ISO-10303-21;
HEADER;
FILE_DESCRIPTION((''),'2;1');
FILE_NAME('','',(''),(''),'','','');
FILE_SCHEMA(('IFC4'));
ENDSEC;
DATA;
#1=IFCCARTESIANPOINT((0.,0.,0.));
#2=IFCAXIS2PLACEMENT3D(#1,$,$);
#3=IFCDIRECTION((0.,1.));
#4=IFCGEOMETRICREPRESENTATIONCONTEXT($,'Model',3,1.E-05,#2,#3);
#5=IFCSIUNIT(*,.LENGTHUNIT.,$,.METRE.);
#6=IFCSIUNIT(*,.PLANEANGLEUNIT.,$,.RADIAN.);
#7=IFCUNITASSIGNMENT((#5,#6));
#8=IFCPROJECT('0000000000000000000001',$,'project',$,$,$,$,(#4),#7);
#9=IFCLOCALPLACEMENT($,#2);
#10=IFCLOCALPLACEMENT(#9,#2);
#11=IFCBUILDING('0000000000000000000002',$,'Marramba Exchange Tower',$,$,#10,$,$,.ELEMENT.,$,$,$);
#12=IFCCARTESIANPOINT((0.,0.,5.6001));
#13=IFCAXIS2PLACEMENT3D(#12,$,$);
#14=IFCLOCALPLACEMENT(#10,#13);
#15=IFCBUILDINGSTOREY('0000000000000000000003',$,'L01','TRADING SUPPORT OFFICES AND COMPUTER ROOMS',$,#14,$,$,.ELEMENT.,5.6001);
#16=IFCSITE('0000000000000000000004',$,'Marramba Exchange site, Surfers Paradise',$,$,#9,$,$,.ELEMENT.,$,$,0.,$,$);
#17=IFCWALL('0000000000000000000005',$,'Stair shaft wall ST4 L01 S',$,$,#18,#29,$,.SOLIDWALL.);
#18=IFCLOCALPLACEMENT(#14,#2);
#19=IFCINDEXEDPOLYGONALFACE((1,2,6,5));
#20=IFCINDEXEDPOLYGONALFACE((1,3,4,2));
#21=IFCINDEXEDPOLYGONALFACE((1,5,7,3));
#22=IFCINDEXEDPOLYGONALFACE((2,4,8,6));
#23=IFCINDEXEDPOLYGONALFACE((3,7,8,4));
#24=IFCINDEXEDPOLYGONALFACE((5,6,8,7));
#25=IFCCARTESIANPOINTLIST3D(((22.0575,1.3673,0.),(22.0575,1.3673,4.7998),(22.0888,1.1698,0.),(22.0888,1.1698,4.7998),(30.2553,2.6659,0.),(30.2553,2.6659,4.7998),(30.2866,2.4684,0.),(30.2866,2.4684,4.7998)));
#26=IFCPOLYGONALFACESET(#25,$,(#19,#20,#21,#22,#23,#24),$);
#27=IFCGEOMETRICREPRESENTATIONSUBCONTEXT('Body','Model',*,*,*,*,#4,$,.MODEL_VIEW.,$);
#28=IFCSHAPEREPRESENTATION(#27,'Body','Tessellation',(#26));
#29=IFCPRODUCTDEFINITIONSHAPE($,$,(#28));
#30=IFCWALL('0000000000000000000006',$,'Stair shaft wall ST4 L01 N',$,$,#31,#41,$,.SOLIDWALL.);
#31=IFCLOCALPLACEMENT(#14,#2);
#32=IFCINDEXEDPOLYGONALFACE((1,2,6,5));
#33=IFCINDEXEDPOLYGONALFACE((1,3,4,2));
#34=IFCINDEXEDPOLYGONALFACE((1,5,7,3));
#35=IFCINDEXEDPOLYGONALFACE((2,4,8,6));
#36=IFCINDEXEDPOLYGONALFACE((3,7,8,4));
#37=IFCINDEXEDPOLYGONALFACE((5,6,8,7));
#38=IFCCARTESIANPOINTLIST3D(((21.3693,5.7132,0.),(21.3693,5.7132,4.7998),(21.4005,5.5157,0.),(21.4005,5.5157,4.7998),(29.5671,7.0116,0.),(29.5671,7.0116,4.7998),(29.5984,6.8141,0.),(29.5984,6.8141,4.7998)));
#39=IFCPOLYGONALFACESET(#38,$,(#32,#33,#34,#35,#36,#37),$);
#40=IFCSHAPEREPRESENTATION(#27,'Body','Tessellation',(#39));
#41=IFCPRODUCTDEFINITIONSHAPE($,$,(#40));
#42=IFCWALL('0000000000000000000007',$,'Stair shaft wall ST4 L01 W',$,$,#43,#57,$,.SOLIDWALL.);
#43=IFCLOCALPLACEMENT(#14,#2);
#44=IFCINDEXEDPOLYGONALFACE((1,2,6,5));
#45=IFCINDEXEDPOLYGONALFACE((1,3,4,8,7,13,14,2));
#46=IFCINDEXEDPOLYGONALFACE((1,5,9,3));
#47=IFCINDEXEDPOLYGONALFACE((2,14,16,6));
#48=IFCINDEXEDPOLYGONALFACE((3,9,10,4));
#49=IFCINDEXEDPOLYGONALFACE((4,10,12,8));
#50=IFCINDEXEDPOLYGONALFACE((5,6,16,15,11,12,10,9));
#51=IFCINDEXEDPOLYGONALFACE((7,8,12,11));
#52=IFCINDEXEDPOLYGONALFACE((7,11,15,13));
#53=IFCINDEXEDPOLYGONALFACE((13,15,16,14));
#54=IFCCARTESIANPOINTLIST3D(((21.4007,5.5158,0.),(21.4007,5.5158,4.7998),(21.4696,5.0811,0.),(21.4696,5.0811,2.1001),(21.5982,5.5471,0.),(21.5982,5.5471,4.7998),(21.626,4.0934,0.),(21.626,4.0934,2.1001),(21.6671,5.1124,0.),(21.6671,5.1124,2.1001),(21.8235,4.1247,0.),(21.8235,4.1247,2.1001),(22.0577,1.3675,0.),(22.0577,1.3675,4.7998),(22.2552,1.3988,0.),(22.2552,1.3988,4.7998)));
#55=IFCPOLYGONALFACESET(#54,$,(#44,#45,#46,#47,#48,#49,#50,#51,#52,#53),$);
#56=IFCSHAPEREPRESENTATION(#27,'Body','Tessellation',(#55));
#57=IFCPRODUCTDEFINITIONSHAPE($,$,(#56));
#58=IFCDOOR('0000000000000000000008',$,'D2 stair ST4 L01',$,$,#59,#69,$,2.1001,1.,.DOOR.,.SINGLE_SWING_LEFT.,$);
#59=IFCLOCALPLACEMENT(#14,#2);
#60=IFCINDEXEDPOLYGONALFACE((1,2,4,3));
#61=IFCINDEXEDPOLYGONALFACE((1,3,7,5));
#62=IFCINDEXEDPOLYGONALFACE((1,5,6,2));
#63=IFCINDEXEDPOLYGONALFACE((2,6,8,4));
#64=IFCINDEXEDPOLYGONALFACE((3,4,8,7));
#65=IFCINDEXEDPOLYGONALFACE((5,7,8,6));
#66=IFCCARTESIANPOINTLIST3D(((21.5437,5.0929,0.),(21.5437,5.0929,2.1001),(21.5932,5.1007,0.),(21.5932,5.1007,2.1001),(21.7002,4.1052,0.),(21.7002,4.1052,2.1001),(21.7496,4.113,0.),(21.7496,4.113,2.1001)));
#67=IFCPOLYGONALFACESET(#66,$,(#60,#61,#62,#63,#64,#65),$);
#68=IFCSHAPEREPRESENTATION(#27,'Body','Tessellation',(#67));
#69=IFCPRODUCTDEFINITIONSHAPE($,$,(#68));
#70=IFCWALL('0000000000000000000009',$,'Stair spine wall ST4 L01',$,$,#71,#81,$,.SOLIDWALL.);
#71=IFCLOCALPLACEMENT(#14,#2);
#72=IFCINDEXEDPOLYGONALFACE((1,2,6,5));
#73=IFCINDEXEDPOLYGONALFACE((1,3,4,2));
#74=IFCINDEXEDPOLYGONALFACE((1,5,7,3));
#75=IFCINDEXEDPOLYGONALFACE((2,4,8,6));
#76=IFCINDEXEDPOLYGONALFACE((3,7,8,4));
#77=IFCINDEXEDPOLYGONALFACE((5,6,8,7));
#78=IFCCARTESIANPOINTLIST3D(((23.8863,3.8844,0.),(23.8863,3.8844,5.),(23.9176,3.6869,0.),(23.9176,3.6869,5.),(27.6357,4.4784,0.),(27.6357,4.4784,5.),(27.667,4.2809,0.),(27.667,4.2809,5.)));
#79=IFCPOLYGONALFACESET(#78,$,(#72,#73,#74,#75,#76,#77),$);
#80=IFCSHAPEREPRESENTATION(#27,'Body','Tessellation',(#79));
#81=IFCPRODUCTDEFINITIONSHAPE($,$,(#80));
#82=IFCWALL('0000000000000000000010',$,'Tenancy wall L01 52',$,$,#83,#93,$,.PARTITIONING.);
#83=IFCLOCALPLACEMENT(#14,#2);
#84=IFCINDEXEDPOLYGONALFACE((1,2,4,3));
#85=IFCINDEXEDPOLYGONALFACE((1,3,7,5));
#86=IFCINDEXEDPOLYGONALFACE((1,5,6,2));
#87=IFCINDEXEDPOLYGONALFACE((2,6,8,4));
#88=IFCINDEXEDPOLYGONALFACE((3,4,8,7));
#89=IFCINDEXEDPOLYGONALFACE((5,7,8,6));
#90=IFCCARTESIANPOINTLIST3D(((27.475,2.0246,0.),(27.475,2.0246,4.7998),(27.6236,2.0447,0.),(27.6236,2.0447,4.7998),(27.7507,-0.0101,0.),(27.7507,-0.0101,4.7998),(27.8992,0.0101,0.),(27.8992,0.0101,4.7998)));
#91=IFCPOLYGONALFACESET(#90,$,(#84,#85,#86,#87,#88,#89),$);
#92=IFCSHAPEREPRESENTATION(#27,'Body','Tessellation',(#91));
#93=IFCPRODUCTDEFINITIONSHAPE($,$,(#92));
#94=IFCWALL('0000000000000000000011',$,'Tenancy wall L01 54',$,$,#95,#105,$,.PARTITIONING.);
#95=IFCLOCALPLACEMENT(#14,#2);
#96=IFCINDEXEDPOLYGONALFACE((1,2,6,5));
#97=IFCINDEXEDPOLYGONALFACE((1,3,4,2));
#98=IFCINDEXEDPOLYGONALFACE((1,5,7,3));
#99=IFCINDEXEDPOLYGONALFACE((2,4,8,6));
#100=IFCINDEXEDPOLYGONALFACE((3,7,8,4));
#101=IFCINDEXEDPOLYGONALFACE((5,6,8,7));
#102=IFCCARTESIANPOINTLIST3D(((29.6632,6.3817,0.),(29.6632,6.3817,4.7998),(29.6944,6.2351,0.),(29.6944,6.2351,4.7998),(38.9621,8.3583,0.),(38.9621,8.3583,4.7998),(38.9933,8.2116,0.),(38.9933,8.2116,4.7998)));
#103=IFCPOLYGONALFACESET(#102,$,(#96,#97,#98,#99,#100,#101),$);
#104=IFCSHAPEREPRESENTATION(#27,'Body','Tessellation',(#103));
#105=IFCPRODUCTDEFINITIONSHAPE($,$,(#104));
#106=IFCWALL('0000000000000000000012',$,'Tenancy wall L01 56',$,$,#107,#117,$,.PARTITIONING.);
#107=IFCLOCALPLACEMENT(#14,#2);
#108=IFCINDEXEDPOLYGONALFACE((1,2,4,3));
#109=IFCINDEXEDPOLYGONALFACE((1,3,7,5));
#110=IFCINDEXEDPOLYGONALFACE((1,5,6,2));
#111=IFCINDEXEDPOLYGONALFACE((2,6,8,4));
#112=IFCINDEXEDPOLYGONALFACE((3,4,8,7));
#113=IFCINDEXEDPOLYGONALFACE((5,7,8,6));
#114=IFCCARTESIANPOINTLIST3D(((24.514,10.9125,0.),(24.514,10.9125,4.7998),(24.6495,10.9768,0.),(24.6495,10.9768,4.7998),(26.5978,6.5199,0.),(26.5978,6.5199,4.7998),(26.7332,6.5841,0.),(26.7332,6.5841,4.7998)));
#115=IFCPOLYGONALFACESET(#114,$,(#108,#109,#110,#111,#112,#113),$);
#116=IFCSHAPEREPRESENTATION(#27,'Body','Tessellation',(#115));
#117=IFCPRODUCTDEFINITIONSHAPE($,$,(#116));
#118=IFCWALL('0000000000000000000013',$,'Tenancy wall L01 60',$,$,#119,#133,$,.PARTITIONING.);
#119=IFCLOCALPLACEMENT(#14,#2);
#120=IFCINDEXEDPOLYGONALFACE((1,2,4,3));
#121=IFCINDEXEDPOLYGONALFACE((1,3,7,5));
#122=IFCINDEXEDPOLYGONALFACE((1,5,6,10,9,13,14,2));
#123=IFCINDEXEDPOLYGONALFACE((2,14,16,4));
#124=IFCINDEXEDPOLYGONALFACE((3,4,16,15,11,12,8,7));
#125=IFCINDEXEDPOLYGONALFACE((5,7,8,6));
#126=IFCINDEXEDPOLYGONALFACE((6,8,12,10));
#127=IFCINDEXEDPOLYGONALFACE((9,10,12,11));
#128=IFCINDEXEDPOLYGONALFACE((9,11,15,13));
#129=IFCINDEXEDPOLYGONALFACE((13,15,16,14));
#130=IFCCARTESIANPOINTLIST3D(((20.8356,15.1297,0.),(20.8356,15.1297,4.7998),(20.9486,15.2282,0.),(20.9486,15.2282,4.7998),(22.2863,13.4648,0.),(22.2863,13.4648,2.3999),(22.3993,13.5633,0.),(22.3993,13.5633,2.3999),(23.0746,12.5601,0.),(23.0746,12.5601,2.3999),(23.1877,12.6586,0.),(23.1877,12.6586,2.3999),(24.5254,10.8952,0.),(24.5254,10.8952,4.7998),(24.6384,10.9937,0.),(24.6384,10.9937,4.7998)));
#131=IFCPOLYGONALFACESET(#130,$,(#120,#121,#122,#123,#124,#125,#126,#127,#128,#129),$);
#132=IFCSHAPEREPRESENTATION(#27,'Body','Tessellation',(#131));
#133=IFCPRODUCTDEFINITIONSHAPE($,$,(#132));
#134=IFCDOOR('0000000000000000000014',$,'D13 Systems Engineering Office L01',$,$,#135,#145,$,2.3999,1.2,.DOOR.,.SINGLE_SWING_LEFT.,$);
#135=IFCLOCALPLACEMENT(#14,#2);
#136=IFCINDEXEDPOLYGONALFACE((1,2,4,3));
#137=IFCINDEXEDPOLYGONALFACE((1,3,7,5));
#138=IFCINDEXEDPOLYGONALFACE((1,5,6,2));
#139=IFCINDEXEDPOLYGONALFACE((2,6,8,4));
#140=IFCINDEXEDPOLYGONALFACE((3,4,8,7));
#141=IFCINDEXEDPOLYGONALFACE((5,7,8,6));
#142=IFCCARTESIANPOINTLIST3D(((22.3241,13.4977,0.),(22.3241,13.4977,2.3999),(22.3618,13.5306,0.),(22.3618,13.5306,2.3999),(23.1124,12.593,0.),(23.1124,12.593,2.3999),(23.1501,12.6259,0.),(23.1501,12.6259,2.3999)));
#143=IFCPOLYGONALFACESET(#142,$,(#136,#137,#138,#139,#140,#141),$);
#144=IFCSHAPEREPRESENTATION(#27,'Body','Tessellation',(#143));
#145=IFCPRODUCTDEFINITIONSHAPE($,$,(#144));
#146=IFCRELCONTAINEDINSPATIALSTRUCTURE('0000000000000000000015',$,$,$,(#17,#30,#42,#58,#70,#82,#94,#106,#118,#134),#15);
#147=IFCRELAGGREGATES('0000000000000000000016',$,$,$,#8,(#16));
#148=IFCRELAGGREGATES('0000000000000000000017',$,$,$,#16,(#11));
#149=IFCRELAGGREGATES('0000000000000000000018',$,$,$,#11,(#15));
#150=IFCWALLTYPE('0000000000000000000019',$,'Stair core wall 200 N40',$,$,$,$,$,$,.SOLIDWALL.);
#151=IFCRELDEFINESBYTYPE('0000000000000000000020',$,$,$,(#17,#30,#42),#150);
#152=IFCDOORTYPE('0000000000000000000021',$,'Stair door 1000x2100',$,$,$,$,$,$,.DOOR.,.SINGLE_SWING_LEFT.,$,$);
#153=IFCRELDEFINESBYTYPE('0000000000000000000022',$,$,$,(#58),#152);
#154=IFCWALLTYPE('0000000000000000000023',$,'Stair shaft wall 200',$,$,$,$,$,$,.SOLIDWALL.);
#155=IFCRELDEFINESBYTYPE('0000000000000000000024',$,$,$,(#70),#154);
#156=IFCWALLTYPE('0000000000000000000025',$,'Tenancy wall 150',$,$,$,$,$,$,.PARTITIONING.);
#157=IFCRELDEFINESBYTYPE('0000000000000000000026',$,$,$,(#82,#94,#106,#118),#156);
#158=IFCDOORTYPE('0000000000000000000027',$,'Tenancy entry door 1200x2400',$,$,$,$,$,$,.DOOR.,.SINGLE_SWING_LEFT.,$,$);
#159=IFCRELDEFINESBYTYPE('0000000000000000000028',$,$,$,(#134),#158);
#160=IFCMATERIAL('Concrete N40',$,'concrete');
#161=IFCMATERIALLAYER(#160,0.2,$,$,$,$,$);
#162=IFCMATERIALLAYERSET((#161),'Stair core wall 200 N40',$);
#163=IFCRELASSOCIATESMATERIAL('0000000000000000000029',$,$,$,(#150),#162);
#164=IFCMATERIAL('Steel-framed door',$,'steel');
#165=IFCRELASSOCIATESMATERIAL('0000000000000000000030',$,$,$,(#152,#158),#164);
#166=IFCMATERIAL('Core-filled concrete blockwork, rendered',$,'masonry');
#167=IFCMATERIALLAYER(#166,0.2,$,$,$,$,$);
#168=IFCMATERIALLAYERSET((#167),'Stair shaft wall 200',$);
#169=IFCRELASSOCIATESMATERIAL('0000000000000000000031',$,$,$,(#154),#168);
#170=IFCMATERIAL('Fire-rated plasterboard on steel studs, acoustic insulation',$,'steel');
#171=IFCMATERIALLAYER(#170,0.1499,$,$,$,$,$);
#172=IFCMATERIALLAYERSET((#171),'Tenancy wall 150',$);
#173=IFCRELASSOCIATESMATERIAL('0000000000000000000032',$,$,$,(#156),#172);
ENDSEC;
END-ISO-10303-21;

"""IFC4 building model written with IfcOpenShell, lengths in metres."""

from ifc_helpers import new_model, si_unit, direction, frame, frame_2d, origin, place, context, subcontext, project, spatial, rectangle, extrude, material, layer, layer_set, type_object, element, fill, save


model = new_model("IFC4")

# Units and contexts
model_context = context("Model", 3, precision=1e-05, world=origin(), true_north=direction((0.0, 1.0)))
body_context = subcontext(model_context, "Body", "Model", "MODEL_VIEW")
ifc_project = project(units=[si_unit("LENGTHUNIT", "METRE"), si_unit("PLANEANGLEUNIT", "RADIAN")], contexts=[model_context])

# Site, building, storey
site_placement = place(None, origin())
site = spatial("IfcSite", under=ifc_project, at=site_placement, Name="Marramba Exchange site, Surfers Paradise", CompositionType="ELEMENT", RefElevation=0.0)
building_placement = place(site_placement, origin())
building = spatial("IfcBuilding", under=site, at=building_placement, Name="Marramba Exchange Tower", CompositionType="ELEMENT")
storey_placement = place(building_placement, frame((0.0, 0.0, 5.6001)))
storey = spatial("IfcBuildingStorey", under=building, at=storey_placement, Name="L01", Description="TRADING SUPPORT OFFICES AND COMPUTER ROOMS", CompositionType="ELEMENT", Elevation=5.6001)

# Walls
ifc_material_1 = material(Name="Concrete N40", Category="concrete")
ifc_layer_1 = layer(ifc_material_1, 0.2)
ifc_layer_set_1 = layer_set([ifc_layer_1], Name="Stair core wall 200 N40")
wall_type_1 = type_object("IfcWallType", Name="Stair core wall 200 N40", PredefinedType="SOLIDWALL", material=ifc_layer_set_1)
for number, where, z_axis, x_axis, name in (
    (1, (22.0732, 1.2686, 0.0), (0.0, 0.0, 1.0), (0.987685, 0.156456, 0.0), "Stair shaft wall ST4 L01 S"),
    (2, (21.385, 5.6145, 0.0), (0.0, 0.0, 1.0), (0.987689, 0.156428, 0.0), "Stair shaft wall ST4 L01 N"),
):
    element("IfcWall", number, at=place(storey_placement, frame(where, z_axis=z_axis, x_axis=x_axis)), inside=storey, type_object=wall_type_1, Name=name, PredefinedType="SOLIDWALL", context=body_context, shape_type="SweptSolid", body=[
        extrude(rectangle(XDim=8.3, YDim=0.2, at=frame_2d((4.1499, 0.0))), origin(), (0.0, 0.0, 1.0), 4.7998),
    ])

# Wall, opening, door
wall_1_placement = place(storey_placement, frame((22.1565, 1.3831, 0.0), z_axis=(0.0, 0.0, 1.0), x_axis=(-0.156428, 0.987689, 0.0)))
wall_1 = element("IfcWall", 3, at=wall_1_placement, inside=storey, type_object=wall_type_1, Name="Stair shaft wall ST4 L01 W", PredefinedType="SOLIDWALL", context=body_context, shape_type="SweptSolid", body=[
    extrude(rectangle(XDim=4.2, YDim=0.2, at=frame_2d((2.1001, 0.0))), origin(), (0.0, 0.0, 1.0), 4.7998),
])
opening_1_placement = place(wall_1_placement, frame((2.76, 0.0, 0.0)))
opening_1 = element("IfcOpeningElement", 4, at=opening_1_placement, cuts=wall_1, PredefinedType="OPENING", context=body_context, shape_type="SweptSolid", body=[
    extrude(rectangle(XDim=1.0, YDim=2.1001, at=frame_2d((0.5, 1.05))), frame((0.0, 0.1099, 0.0), z_axis=(0.0, -1.0, 0.0), x_axis=(1.0, 0.0, 0.0)), (0.0, 0.0, 1.0), 0.22),
])
ifc_material_2 = material(Name="Steel-framed door", Category="steel")
door_type_1 = type_object("IfcDoorType", Name="Stair door 1000x2100", OperationType="SINGLE_SWING_LEFT", PredefinedType="DOOR", material=ifc_material_2)
door_1_placement = place(opening_1_placement, frame((1.0, 0.0, 0.0), z_axis=(0.0, 0.0, 1.0), x_axis=(-1.0, 0.0, 0.0)))
door_1 = element("IfcDoor", 5, at=door_1_placement, inside=storey, type_object=door_type_1, Name="D2 stair ST4 L01", OperationType="SINGLE_SWING_LEFT", OverallHeight=2.1001, OverallWidth=1.0, PredefinedType="DOOR", context=body_context, shape_type="SweptSolid", body=[
    extrude(rectangle(XDim=1.0, YDim=2.1001, at=frame_2d((0.5, 1.05))), frame((0.0, 0.0251, 0.0), z_axis=(0.0, -1.0, 0.0), x_axis=(1.0, 0.0, 0.0)), (0.0, 0.0, 1.0), 0.05),
])
fill(opening_1, door_1)

# Walls
ifc_material_3 = material(Name="Core-filled concrete blockwork, rendered", Category="masonry")
ifc_layer_2 = layer(ifc_material_3, 0.2)
ifc_layer_set_2 = layer_set([ifc_layer_2], Name="Stair shaft wall 200")
wall_type_2 = type_object("IfcWallType", Name="Stair shaft wall 200", PredefinedType="SOLIDWALL", material=ifc_layer_set_2)
wall_2_placement = place(storey_placement, frame((23.9021, 3.7856, 0.0), z_axis=(0.0, 0.0, 1.0), x_axis=(0.987681, 0.156478, 0.0)))
element("IfcWall", 6, at=wall_2_placement, inside=storey, type_object=wall_type_2, Name="Stair spine wall ST4 L01", PredefinedType="SOLIDWALL", context=body_context, shape_type="SweptSolid", body=[
    extrude(rectangle(XDim=3.7961, YDim=0.2, at=frame_2d((1.8979, 0.0))), origin(), (0.0, 0.0, 1.0), 5.0),
])
ifc_material_4 = material(Name="Fire-rated plasterboard on steel studs, acoustic insulation", Category="steel")
ifc_layer_3 = layer(ifc_material_4, 0.1499)
ifc_layer_set_3 = layer_set([ifc_layer_3], Name="Tenancy wall 150")
wall_type_3 = type_object("IfcWallType", Name="Tenancy wall 150", PredefinedType="PARTITIONING", material=ifc_layer_set_3)
wall_3_placement = place(storey_placement, frame((27.825, 0.0, 0.0), z_axis=(0.0, 0.0, 1.0), x_axis=(-0.134243, 0.990948, 0.0)))
element("IfcWall", 7, at=wall_3_placement, inside=storey, type_object=wall_type_3, Name="Tenancy wall L01 52", PredefinedType="PARTITIONING", context=body_context, shape_type="SweptSolid", body=[
    extrude(rectangle(XDim=2.0532, YDim=0.1499, at=frame_2d((1.0266, 0.0))), origin(), (0.0, 0.0, 1.0), 4.7998),
])
wall_4_placement = place(storey_placement, frame((29.6787, 6.3083, 0.0), z_axis=(0.0, 0.0, 1.0), x_axis=(0.978147, 0.207915, 0.0)))
element("IfcWall", 8, at=wall_4_placement, inside=storey, type_object=wall_type_3, Name="Tenancy wall L01 54", PredefinedType="PARTITIONING", context=body_context, shape_type="SweptSolid", body=[
    extrude(rectangle(XDim=9.5066, YDim=0.1499, at=frame_2d((4.7534, 0.0))), origin(), (0.0, 0.0, 1.0), 4.7998),
])
wall_5_placement = place(storey_placement, frame((26.6655, 6.552, 0.0), z_axis=(0.0, 0.0, 1.0), x_axis=(-0.428598, 0.903495, 0.0)))
element("IfcWall", 9, at=wall_5_placement, inside=storey, type_object=wall_type_3, Name="Tenancy wall L01 56", PredefinedType="PARTITIONING", context=body_context, shape_type="SweptSolid", body=[
    extrude(rectangle(XDim=4.8618, YDim=0.1499, at=frame_2d((2.4309, 0.0))), origin(), (0.0, 0.0, 1.0), 4.7998),
])

# Wall, opening, door
wall_6_placement = place(storey_placement, frame((24.5818, 10.9446, 0.0), z_axis=(0.0, 0.0, 1.0), x_axis=(-0.656952, 0.753932, 0.0)))
wall_6 = element("IfcWall", 10, at=wall_6_placement, inside=storey, type_object=wall_type_3, Name="Tenancy wall L01 60", PredefinedType="PARTITIONING", context=body_context, shape_type="SweptSolid", body=[
    extrude(rectangle(XDim=5.6165, YDim=0.1499, at=frame_2d((2.8081, 0.0))), origin(), (0.0, 0.0, 1.0), 4.7998),
])
opening_2_placement = place(wall_6_placement, frame((2.208, 0.0, 0.0)))
opening_2 = element("IfcOpeningElement", 11, at=opening_2_placement, cuts=wall_6, PredefinedType="OPENING", context=body_context, shape_type="SweptSolid", body=[
    extrude(rectangle(XDim=1.2, YDim=2.3999, at=frame_2d((0.6001, 1.2))), frame((0.0, 0.085, 0.0), z_axis=(0.0, -1.0, 0.0), x_axis=(1.0, 0.0, 0.0)), (0.0, 0.0, 1.0), 0.1699),
])
door_type_2 = type_object("IfcDoorType", Name="Tenancy entry door 1200x2400", OperationType="SINGLE_SWING_LEFT", PredefinedType="DOOR", material=ifc_material_2)
door_2_placement = place(opening_2_placement, origin())
door_2 = element("IfcDoor", 12, at=door_2_placement, inside=storey, type_object=door_type_2, Name="D13 Systems Engineering Office L01", OperationType="SINGLE_SWING_LEFT", OverallHeight=2.3999, OverallWidth=1.2, PredefinedType="DOOR", context=body_context, shape_type="SweptSolid", body=[
    extrude(rectangle(XDim=1.2, YDim=2.3999, at=frame_2d((0.6001, 1.2))), frame((0.0, 0.0249, 0.0), z_axis=(0.0, -1.0, 0.0), x_axis=(1.0, 0.0, 0.0)), (0.0, 0.0, 1.0), 0.05),
])
fill(opening_2, door_2)

save(model, "model.ifc")
